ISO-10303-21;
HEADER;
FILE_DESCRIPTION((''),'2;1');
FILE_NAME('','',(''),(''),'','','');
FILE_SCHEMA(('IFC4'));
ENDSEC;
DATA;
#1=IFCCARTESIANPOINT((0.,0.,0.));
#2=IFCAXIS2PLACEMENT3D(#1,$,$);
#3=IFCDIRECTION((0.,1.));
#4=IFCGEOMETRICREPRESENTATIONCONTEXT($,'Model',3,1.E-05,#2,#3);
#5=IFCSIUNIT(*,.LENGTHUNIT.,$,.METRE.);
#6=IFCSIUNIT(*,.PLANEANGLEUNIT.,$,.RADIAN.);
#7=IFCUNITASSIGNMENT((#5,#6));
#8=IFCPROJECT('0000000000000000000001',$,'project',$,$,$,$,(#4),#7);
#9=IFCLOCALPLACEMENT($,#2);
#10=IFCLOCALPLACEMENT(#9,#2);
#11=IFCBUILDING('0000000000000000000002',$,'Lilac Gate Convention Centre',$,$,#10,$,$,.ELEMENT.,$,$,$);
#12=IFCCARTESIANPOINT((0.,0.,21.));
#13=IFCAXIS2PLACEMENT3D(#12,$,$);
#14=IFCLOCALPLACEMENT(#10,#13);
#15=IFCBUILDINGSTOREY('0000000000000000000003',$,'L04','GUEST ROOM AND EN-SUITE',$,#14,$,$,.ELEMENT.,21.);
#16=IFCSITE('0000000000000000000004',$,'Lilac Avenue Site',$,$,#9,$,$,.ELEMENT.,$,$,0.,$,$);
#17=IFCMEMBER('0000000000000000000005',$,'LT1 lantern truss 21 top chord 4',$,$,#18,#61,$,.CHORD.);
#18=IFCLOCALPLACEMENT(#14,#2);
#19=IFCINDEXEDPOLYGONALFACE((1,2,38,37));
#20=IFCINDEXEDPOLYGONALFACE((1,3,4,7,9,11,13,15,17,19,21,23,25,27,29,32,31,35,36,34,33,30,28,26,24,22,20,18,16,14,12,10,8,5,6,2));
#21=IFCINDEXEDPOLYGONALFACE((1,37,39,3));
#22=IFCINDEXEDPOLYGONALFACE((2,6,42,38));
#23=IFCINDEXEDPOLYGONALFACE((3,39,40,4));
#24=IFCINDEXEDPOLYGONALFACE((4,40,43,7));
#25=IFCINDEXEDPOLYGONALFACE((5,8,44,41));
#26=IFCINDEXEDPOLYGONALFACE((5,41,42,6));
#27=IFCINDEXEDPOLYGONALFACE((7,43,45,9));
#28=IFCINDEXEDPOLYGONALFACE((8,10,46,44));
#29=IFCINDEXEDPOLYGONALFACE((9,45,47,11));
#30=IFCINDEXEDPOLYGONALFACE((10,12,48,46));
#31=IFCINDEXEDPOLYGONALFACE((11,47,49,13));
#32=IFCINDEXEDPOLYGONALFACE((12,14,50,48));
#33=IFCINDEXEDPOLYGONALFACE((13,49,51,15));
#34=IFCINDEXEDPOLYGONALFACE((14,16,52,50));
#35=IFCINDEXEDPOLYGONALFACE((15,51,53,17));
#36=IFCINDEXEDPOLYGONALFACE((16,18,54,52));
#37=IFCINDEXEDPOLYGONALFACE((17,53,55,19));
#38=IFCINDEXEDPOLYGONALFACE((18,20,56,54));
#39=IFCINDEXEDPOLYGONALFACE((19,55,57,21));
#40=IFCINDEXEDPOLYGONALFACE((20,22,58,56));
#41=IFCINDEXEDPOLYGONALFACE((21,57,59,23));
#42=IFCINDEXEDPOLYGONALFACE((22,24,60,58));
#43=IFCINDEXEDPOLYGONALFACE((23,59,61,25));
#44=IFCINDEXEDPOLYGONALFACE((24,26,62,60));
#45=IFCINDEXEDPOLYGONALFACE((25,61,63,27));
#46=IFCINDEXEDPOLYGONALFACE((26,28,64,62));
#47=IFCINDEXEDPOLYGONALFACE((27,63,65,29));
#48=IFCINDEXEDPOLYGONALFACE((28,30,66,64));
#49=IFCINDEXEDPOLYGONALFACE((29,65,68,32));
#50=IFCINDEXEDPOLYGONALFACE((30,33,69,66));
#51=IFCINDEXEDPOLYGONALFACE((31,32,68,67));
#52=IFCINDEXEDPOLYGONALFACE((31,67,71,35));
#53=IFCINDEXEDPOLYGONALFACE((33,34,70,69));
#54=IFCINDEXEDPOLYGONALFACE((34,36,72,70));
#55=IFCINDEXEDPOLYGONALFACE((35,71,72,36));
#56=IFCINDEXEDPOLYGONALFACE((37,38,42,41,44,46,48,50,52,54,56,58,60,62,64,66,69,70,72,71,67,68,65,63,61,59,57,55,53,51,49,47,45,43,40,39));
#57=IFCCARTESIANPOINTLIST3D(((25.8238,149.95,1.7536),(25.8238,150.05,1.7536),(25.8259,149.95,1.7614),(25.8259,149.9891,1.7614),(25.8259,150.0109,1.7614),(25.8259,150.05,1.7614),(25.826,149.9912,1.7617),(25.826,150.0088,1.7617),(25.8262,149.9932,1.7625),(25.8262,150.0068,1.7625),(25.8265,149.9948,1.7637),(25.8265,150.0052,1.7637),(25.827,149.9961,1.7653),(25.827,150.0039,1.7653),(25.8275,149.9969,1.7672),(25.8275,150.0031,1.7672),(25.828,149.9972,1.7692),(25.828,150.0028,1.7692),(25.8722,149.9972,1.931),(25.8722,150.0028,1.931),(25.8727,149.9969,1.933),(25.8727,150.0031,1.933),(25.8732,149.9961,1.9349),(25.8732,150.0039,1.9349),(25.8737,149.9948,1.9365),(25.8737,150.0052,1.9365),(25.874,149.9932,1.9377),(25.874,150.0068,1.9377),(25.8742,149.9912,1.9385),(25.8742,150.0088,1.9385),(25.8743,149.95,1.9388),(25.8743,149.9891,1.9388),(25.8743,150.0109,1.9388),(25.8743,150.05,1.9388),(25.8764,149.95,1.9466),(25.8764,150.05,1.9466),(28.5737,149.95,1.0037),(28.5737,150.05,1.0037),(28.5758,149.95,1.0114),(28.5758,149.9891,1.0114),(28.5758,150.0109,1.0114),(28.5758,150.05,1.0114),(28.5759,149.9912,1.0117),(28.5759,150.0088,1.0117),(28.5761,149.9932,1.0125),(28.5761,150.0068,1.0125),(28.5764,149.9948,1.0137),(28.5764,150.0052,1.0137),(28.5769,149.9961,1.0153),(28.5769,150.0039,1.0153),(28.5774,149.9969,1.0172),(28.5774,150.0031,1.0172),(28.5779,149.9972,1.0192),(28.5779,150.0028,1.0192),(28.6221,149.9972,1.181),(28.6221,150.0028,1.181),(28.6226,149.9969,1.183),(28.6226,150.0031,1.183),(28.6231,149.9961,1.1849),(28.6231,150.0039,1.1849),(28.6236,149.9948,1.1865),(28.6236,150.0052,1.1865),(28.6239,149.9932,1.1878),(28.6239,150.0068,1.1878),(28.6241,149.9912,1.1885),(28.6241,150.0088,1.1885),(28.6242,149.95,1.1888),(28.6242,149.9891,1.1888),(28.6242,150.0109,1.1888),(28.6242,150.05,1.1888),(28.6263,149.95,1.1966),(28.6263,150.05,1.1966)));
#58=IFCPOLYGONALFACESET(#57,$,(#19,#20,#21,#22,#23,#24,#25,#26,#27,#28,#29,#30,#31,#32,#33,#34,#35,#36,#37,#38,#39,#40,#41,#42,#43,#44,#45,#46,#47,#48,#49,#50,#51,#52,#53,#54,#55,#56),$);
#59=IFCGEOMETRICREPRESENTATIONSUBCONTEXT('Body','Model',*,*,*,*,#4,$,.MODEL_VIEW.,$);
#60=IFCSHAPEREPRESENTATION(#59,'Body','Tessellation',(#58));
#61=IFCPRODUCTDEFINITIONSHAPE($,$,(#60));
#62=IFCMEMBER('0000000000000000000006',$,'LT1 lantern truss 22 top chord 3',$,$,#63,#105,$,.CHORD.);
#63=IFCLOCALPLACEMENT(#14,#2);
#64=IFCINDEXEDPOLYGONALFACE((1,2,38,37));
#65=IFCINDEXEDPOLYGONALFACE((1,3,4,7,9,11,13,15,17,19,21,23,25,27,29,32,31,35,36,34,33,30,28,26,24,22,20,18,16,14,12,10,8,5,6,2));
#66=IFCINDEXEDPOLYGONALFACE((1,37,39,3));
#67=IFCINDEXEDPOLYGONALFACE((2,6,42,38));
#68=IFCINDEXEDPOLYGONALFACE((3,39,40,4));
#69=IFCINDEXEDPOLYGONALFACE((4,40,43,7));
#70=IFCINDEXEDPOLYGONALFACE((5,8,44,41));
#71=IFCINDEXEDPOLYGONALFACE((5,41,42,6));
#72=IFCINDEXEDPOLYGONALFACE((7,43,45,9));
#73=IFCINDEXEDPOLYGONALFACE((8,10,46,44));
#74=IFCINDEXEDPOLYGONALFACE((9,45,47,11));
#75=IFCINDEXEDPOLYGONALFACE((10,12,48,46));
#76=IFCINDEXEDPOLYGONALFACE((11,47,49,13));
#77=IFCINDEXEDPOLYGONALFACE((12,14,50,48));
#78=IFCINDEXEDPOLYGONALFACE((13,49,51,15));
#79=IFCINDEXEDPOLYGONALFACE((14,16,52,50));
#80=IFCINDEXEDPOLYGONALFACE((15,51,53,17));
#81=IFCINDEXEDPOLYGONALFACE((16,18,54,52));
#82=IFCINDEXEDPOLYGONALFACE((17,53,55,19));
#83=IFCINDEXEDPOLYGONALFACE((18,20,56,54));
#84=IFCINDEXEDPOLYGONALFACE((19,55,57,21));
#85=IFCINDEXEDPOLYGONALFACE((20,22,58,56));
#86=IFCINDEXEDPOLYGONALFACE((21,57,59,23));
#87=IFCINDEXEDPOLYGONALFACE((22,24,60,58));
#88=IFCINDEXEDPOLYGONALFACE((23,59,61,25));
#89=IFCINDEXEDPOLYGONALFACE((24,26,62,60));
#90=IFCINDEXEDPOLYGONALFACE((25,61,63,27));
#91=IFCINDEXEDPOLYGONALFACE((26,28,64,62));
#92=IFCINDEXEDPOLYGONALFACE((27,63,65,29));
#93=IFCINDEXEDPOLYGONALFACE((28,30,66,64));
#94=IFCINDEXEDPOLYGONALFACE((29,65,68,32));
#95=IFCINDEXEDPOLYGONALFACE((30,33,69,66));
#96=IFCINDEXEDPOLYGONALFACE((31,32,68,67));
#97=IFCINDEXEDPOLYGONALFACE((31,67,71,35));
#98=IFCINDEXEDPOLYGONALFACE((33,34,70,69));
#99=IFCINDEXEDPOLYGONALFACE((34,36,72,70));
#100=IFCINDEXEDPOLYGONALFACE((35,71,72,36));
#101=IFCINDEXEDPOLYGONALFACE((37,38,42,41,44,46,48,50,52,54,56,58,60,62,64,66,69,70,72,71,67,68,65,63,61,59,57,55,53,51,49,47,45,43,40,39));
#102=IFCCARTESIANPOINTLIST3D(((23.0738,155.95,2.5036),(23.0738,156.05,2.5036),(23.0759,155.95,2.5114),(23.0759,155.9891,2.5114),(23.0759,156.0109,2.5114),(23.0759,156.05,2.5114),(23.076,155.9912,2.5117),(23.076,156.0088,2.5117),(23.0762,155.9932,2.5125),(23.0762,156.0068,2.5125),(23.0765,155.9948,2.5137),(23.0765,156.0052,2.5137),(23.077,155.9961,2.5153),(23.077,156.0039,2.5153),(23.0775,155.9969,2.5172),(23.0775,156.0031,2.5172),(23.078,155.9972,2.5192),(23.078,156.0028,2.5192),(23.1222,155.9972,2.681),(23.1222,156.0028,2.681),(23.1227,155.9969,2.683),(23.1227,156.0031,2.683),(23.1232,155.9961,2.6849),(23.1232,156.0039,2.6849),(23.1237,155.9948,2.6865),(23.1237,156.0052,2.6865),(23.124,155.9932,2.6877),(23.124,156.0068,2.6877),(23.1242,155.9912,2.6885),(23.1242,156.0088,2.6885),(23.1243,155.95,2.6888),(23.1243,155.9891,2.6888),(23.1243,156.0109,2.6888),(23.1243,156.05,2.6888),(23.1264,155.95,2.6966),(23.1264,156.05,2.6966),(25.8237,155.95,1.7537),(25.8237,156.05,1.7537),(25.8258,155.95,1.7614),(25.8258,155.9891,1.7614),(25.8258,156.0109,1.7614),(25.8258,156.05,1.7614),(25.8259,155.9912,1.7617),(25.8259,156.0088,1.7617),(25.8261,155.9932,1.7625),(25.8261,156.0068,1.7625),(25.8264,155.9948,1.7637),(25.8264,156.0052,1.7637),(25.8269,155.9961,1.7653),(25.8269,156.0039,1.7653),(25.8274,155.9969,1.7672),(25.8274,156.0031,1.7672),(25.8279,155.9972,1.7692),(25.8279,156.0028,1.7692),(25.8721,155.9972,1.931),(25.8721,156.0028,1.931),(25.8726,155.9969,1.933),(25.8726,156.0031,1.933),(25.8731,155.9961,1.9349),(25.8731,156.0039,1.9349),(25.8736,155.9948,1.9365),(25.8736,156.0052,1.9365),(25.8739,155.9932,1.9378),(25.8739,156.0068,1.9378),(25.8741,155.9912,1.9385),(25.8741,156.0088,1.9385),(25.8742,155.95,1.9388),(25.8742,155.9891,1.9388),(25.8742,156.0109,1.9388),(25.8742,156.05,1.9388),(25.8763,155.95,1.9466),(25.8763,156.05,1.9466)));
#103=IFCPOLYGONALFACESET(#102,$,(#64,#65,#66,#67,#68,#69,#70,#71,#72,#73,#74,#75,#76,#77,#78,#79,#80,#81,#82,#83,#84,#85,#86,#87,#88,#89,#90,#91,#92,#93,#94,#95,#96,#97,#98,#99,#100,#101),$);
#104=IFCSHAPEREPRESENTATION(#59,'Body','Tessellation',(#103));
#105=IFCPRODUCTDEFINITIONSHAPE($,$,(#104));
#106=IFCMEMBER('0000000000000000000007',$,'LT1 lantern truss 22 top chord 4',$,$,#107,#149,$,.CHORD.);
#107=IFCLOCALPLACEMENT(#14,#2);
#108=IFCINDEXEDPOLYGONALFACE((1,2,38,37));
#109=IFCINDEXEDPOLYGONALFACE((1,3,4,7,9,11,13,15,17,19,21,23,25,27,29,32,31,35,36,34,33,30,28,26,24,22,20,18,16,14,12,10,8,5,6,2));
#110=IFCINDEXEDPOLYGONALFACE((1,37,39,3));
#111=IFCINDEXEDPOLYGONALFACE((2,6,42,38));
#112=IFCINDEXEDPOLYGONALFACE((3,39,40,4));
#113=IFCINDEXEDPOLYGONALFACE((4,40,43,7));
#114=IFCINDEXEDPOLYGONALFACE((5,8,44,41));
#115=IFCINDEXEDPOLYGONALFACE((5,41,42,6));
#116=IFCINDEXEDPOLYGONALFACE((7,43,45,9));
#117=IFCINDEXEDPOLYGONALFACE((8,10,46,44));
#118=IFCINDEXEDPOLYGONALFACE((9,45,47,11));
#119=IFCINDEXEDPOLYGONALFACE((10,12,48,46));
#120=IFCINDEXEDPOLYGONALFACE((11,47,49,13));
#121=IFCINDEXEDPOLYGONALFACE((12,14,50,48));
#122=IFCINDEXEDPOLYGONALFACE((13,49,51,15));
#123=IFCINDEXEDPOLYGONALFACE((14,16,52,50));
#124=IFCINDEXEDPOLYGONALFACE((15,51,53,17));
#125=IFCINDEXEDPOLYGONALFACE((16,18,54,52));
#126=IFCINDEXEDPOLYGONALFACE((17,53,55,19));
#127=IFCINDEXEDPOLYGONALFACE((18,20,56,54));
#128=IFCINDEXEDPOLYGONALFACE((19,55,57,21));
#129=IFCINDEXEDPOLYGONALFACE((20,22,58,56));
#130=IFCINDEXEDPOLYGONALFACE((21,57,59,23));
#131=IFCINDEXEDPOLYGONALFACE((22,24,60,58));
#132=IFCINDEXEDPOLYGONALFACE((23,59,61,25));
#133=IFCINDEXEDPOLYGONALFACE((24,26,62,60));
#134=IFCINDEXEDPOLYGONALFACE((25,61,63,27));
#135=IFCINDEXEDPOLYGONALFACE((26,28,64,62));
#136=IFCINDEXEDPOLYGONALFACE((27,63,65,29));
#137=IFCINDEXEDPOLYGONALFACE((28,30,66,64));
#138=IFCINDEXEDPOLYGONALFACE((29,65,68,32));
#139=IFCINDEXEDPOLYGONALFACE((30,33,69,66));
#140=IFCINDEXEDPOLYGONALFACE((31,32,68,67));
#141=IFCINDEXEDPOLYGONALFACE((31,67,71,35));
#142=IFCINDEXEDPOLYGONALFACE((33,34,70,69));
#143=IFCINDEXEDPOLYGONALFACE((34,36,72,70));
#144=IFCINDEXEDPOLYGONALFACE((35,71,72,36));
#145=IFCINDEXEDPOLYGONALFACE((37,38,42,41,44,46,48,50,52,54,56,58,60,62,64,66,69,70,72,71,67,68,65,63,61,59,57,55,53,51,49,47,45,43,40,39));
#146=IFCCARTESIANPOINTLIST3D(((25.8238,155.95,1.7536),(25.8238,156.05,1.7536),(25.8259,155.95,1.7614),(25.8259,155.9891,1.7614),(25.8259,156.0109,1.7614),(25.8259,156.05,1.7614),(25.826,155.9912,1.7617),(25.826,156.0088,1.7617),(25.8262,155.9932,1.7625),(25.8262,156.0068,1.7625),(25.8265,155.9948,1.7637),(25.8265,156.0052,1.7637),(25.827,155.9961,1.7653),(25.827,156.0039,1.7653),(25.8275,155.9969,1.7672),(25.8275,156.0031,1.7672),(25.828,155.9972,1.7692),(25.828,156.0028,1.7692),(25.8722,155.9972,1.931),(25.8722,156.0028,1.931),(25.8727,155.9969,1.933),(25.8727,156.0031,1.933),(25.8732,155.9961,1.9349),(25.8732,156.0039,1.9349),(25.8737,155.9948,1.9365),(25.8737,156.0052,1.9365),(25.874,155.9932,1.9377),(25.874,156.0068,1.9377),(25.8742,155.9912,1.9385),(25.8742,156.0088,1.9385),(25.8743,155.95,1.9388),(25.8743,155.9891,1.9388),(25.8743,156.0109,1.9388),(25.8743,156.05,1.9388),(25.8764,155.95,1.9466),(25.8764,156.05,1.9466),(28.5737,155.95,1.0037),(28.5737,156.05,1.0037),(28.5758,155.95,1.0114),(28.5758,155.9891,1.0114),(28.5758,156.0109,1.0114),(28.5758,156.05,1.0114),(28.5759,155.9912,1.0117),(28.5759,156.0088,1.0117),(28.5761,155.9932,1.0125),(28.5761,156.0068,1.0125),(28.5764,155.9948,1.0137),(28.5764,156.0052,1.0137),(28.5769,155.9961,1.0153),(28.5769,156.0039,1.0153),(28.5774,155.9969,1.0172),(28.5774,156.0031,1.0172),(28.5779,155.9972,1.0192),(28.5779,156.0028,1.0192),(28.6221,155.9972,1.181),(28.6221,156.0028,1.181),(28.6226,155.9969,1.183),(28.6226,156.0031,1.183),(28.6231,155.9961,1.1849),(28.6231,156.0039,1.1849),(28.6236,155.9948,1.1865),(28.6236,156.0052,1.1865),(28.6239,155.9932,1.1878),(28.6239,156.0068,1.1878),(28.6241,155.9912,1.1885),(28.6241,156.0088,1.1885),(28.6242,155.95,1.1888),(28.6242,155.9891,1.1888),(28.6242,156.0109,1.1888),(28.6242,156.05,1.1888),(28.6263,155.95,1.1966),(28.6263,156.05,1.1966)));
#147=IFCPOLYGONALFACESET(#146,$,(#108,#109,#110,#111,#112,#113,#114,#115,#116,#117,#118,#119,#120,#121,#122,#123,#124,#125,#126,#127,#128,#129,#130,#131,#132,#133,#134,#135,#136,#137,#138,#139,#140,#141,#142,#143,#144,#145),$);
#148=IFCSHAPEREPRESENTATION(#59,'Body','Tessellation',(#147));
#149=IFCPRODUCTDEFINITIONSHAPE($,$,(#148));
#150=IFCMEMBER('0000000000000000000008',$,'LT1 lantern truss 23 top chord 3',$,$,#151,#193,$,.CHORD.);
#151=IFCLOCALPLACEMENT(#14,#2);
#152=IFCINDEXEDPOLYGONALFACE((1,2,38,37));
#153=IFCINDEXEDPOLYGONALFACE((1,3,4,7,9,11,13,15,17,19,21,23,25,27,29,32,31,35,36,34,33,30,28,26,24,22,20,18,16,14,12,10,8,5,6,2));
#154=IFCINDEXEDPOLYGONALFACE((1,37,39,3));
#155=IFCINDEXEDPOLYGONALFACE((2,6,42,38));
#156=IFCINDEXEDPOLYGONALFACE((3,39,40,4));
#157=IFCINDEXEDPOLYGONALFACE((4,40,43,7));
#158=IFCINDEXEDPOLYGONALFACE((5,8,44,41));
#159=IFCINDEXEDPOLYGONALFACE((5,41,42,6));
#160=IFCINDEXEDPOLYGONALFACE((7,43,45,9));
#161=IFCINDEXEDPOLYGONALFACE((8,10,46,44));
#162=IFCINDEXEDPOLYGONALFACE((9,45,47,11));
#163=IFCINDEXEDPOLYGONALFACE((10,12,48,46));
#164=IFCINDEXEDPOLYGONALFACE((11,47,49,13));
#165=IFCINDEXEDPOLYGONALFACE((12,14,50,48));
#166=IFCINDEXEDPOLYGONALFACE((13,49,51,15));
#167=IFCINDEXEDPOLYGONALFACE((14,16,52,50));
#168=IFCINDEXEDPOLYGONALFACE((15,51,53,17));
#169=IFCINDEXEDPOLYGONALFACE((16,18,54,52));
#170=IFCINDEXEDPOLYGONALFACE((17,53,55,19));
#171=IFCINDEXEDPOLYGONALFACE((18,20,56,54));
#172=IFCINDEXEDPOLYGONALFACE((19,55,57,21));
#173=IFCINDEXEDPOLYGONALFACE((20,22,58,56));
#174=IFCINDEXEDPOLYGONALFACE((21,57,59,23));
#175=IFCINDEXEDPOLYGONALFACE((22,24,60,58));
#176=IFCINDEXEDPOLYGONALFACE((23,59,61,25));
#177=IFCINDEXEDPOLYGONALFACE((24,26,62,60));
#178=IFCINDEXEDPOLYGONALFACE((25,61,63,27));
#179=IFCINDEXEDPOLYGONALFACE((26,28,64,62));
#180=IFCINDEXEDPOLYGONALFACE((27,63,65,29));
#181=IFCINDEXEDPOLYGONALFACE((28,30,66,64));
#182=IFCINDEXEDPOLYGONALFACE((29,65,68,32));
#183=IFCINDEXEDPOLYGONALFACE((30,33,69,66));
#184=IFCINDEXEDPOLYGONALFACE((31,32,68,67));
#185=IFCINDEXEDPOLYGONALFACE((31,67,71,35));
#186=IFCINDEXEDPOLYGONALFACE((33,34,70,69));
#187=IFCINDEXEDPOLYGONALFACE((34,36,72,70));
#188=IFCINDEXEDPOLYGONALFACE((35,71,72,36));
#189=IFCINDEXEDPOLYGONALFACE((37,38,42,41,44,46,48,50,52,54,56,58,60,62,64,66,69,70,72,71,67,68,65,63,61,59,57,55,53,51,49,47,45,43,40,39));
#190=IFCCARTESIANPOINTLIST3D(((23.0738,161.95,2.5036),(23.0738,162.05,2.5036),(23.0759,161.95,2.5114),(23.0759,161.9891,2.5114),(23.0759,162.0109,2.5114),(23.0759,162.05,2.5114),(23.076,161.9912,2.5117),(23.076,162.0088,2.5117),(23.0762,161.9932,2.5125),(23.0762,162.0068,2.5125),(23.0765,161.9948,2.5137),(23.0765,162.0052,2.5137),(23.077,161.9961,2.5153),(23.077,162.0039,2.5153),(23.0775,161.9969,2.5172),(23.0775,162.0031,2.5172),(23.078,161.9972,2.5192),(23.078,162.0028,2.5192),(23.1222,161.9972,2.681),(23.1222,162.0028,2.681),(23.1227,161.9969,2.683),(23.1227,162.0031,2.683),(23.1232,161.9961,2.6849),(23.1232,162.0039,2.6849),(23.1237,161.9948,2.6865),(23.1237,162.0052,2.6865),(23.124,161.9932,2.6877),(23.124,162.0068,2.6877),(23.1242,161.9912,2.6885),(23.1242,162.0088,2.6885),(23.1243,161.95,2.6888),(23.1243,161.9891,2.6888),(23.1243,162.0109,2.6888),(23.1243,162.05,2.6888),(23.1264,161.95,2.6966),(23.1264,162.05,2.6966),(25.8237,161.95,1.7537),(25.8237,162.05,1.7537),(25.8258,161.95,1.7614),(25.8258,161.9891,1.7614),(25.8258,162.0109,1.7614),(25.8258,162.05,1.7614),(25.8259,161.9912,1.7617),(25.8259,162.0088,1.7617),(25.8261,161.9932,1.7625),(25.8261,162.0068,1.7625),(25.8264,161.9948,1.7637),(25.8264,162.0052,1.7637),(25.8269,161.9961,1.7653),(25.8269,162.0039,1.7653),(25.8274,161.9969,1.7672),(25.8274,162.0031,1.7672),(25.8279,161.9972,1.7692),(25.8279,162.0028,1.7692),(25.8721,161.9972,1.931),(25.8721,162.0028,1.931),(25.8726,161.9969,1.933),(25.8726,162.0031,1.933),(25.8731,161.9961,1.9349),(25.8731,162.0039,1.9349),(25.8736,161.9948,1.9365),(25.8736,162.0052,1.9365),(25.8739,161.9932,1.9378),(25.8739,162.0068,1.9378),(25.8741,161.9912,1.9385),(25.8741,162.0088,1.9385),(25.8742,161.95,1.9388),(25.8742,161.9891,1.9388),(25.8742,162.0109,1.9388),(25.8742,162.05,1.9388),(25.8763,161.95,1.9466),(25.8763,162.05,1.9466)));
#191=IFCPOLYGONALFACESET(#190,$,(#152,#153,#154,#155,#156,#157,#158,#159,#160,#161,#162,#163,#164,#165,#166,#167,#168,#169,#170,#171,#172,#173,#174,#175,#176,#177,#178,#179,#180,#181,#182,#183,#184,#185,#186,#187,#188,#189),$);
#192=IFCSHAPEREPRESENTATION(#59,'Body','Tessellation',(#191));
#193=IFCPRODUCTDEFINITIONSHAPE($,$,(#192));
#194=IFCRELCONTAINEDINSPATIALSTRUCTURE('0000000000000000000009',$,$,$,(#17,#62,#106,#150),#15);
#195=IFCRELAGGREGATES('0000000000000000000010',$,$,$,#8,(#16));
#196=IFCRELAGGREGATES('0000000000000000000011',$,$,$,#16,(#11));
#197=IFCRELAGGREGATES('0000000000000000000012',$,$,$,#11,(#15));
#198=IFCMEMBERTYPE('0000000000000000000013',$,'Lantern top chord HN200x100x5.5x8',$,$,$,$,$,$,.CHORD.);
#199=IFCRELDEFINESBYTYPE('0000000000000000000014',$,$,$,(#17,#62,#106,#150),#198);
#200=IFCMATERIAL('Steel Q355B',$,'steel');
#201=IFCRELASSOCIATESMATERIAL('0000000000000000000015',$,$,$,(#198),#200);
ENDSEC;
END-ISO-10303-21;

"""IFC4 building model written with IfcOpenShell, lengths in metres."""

from ifc_helpers import new_model, si_unit, direction, frame, origin, origin_2d, place, context, subcontext, project, spatial, i_section, extrude, material, material_profile, profile_set, type_object, element, save


model = new_model("IFC4")

# Units and contexts
model_context = context("Model", 3, precision=1e-05, world=origin(), true_north=direction((0.0, 1.0)))
body_context = subcontext(model_context, "Body", "Model", "MODEL_VIEW")
ifc_project = project(units=[si_unit("LENGTHUNIT", "METRE"), si_unit("PLANEANGLEUNIT", "RADIAN")], contexts=[model_context])

# Site, building, storey
site_placement = place(None, origin())
site = spatial("IfcSite", under=ifc_project, at=site_placement, Name="Lilac Avenue Site", CompositionType="ELEMENT", RefElevation=0.0)
building_placement = place(site_placement, origin())
building = spatial("IfcBuilding", under=site, at=building_placement, Name="Lilac Gate Convention Centre", CompositionType="ELEMENT")
storey_placement = place(building_placement, frame((0.0, 0.0, 21.0)))
storey = spatial("IfcBuildingStorey", under=building, at=storey_placement, Name="L04", Description="GUEST ROOM AND EN-SUITE", CompositionType="ELEMENT", Elevation=21.0)

# Members
ifc_material_1 = material(Name="Steel Q355B", Category="steel")
ifc_material_profile_1 = material_profile(ifc_material_1, i_section(OverallWidth=0.1001, OverallDepth=0.2, WebThickness=0.0056, FlangeThickness=0.0081, FilletRadius=0.0081, at=origin_2d()), Name="HN200x100x5.5x8")
ifc_profile_set_1 = profile_set([ifc_material_profile_1], Name="Steel Q355B")
member_type_1 = type_object("IfcMemberType", Name="Lantern top chord HN200x100x5.5x8", PredefinedType="CHORD", material=ifc_profile_set_1)
for number, where, z_axis, x_axis, name in (
    (1, (25.8501, 150.0, 1.8501), (0.964764, 0.0, -0.263117), (0.0, 1.0, 0.0), "LT1 lantern truss 21 top chord 4"),
    (2, (23.1001, 156.0, 2.6001), (0.964764, 0.0, -0.263117), (0.0, 1.0, 0.0), "LT1 lantern truss 22 top chord 3"),
    (3, (25.8501, 156.0, 1.8501), (0.964764, 0.0, -0.263117), (0.0, 1.0, 0.0), "LT1 lantern truss 22 top chord 4"),
    (4, (23.1001, 162.0, 2.6001), (0.964764, 0.0, -0.263117), (0.0, 1.0, 0.0), "LT1 lantern truss 23 top chord 3"),
):
    element("IfcMember", number, at=place(storey_placement, frame(where, z_axis=z_axis, x_axis=x_axis)), inside=storey, type_object=member_type_1, Name=name, PredefinedType="CHORD", context=body_context, shape_type="SweptSolid", body=[
        extrude(i_section(OverallWidth=0.1001, OverallDepth=0.2, WebThickness=0.0056, FlangeThickness=0.0081, FilletRadius=0.0081, at=origin_2d()), origin(), (0.0, 0.0, 1.0), 2.8503),
    ])

save(model, "model.ifc")
